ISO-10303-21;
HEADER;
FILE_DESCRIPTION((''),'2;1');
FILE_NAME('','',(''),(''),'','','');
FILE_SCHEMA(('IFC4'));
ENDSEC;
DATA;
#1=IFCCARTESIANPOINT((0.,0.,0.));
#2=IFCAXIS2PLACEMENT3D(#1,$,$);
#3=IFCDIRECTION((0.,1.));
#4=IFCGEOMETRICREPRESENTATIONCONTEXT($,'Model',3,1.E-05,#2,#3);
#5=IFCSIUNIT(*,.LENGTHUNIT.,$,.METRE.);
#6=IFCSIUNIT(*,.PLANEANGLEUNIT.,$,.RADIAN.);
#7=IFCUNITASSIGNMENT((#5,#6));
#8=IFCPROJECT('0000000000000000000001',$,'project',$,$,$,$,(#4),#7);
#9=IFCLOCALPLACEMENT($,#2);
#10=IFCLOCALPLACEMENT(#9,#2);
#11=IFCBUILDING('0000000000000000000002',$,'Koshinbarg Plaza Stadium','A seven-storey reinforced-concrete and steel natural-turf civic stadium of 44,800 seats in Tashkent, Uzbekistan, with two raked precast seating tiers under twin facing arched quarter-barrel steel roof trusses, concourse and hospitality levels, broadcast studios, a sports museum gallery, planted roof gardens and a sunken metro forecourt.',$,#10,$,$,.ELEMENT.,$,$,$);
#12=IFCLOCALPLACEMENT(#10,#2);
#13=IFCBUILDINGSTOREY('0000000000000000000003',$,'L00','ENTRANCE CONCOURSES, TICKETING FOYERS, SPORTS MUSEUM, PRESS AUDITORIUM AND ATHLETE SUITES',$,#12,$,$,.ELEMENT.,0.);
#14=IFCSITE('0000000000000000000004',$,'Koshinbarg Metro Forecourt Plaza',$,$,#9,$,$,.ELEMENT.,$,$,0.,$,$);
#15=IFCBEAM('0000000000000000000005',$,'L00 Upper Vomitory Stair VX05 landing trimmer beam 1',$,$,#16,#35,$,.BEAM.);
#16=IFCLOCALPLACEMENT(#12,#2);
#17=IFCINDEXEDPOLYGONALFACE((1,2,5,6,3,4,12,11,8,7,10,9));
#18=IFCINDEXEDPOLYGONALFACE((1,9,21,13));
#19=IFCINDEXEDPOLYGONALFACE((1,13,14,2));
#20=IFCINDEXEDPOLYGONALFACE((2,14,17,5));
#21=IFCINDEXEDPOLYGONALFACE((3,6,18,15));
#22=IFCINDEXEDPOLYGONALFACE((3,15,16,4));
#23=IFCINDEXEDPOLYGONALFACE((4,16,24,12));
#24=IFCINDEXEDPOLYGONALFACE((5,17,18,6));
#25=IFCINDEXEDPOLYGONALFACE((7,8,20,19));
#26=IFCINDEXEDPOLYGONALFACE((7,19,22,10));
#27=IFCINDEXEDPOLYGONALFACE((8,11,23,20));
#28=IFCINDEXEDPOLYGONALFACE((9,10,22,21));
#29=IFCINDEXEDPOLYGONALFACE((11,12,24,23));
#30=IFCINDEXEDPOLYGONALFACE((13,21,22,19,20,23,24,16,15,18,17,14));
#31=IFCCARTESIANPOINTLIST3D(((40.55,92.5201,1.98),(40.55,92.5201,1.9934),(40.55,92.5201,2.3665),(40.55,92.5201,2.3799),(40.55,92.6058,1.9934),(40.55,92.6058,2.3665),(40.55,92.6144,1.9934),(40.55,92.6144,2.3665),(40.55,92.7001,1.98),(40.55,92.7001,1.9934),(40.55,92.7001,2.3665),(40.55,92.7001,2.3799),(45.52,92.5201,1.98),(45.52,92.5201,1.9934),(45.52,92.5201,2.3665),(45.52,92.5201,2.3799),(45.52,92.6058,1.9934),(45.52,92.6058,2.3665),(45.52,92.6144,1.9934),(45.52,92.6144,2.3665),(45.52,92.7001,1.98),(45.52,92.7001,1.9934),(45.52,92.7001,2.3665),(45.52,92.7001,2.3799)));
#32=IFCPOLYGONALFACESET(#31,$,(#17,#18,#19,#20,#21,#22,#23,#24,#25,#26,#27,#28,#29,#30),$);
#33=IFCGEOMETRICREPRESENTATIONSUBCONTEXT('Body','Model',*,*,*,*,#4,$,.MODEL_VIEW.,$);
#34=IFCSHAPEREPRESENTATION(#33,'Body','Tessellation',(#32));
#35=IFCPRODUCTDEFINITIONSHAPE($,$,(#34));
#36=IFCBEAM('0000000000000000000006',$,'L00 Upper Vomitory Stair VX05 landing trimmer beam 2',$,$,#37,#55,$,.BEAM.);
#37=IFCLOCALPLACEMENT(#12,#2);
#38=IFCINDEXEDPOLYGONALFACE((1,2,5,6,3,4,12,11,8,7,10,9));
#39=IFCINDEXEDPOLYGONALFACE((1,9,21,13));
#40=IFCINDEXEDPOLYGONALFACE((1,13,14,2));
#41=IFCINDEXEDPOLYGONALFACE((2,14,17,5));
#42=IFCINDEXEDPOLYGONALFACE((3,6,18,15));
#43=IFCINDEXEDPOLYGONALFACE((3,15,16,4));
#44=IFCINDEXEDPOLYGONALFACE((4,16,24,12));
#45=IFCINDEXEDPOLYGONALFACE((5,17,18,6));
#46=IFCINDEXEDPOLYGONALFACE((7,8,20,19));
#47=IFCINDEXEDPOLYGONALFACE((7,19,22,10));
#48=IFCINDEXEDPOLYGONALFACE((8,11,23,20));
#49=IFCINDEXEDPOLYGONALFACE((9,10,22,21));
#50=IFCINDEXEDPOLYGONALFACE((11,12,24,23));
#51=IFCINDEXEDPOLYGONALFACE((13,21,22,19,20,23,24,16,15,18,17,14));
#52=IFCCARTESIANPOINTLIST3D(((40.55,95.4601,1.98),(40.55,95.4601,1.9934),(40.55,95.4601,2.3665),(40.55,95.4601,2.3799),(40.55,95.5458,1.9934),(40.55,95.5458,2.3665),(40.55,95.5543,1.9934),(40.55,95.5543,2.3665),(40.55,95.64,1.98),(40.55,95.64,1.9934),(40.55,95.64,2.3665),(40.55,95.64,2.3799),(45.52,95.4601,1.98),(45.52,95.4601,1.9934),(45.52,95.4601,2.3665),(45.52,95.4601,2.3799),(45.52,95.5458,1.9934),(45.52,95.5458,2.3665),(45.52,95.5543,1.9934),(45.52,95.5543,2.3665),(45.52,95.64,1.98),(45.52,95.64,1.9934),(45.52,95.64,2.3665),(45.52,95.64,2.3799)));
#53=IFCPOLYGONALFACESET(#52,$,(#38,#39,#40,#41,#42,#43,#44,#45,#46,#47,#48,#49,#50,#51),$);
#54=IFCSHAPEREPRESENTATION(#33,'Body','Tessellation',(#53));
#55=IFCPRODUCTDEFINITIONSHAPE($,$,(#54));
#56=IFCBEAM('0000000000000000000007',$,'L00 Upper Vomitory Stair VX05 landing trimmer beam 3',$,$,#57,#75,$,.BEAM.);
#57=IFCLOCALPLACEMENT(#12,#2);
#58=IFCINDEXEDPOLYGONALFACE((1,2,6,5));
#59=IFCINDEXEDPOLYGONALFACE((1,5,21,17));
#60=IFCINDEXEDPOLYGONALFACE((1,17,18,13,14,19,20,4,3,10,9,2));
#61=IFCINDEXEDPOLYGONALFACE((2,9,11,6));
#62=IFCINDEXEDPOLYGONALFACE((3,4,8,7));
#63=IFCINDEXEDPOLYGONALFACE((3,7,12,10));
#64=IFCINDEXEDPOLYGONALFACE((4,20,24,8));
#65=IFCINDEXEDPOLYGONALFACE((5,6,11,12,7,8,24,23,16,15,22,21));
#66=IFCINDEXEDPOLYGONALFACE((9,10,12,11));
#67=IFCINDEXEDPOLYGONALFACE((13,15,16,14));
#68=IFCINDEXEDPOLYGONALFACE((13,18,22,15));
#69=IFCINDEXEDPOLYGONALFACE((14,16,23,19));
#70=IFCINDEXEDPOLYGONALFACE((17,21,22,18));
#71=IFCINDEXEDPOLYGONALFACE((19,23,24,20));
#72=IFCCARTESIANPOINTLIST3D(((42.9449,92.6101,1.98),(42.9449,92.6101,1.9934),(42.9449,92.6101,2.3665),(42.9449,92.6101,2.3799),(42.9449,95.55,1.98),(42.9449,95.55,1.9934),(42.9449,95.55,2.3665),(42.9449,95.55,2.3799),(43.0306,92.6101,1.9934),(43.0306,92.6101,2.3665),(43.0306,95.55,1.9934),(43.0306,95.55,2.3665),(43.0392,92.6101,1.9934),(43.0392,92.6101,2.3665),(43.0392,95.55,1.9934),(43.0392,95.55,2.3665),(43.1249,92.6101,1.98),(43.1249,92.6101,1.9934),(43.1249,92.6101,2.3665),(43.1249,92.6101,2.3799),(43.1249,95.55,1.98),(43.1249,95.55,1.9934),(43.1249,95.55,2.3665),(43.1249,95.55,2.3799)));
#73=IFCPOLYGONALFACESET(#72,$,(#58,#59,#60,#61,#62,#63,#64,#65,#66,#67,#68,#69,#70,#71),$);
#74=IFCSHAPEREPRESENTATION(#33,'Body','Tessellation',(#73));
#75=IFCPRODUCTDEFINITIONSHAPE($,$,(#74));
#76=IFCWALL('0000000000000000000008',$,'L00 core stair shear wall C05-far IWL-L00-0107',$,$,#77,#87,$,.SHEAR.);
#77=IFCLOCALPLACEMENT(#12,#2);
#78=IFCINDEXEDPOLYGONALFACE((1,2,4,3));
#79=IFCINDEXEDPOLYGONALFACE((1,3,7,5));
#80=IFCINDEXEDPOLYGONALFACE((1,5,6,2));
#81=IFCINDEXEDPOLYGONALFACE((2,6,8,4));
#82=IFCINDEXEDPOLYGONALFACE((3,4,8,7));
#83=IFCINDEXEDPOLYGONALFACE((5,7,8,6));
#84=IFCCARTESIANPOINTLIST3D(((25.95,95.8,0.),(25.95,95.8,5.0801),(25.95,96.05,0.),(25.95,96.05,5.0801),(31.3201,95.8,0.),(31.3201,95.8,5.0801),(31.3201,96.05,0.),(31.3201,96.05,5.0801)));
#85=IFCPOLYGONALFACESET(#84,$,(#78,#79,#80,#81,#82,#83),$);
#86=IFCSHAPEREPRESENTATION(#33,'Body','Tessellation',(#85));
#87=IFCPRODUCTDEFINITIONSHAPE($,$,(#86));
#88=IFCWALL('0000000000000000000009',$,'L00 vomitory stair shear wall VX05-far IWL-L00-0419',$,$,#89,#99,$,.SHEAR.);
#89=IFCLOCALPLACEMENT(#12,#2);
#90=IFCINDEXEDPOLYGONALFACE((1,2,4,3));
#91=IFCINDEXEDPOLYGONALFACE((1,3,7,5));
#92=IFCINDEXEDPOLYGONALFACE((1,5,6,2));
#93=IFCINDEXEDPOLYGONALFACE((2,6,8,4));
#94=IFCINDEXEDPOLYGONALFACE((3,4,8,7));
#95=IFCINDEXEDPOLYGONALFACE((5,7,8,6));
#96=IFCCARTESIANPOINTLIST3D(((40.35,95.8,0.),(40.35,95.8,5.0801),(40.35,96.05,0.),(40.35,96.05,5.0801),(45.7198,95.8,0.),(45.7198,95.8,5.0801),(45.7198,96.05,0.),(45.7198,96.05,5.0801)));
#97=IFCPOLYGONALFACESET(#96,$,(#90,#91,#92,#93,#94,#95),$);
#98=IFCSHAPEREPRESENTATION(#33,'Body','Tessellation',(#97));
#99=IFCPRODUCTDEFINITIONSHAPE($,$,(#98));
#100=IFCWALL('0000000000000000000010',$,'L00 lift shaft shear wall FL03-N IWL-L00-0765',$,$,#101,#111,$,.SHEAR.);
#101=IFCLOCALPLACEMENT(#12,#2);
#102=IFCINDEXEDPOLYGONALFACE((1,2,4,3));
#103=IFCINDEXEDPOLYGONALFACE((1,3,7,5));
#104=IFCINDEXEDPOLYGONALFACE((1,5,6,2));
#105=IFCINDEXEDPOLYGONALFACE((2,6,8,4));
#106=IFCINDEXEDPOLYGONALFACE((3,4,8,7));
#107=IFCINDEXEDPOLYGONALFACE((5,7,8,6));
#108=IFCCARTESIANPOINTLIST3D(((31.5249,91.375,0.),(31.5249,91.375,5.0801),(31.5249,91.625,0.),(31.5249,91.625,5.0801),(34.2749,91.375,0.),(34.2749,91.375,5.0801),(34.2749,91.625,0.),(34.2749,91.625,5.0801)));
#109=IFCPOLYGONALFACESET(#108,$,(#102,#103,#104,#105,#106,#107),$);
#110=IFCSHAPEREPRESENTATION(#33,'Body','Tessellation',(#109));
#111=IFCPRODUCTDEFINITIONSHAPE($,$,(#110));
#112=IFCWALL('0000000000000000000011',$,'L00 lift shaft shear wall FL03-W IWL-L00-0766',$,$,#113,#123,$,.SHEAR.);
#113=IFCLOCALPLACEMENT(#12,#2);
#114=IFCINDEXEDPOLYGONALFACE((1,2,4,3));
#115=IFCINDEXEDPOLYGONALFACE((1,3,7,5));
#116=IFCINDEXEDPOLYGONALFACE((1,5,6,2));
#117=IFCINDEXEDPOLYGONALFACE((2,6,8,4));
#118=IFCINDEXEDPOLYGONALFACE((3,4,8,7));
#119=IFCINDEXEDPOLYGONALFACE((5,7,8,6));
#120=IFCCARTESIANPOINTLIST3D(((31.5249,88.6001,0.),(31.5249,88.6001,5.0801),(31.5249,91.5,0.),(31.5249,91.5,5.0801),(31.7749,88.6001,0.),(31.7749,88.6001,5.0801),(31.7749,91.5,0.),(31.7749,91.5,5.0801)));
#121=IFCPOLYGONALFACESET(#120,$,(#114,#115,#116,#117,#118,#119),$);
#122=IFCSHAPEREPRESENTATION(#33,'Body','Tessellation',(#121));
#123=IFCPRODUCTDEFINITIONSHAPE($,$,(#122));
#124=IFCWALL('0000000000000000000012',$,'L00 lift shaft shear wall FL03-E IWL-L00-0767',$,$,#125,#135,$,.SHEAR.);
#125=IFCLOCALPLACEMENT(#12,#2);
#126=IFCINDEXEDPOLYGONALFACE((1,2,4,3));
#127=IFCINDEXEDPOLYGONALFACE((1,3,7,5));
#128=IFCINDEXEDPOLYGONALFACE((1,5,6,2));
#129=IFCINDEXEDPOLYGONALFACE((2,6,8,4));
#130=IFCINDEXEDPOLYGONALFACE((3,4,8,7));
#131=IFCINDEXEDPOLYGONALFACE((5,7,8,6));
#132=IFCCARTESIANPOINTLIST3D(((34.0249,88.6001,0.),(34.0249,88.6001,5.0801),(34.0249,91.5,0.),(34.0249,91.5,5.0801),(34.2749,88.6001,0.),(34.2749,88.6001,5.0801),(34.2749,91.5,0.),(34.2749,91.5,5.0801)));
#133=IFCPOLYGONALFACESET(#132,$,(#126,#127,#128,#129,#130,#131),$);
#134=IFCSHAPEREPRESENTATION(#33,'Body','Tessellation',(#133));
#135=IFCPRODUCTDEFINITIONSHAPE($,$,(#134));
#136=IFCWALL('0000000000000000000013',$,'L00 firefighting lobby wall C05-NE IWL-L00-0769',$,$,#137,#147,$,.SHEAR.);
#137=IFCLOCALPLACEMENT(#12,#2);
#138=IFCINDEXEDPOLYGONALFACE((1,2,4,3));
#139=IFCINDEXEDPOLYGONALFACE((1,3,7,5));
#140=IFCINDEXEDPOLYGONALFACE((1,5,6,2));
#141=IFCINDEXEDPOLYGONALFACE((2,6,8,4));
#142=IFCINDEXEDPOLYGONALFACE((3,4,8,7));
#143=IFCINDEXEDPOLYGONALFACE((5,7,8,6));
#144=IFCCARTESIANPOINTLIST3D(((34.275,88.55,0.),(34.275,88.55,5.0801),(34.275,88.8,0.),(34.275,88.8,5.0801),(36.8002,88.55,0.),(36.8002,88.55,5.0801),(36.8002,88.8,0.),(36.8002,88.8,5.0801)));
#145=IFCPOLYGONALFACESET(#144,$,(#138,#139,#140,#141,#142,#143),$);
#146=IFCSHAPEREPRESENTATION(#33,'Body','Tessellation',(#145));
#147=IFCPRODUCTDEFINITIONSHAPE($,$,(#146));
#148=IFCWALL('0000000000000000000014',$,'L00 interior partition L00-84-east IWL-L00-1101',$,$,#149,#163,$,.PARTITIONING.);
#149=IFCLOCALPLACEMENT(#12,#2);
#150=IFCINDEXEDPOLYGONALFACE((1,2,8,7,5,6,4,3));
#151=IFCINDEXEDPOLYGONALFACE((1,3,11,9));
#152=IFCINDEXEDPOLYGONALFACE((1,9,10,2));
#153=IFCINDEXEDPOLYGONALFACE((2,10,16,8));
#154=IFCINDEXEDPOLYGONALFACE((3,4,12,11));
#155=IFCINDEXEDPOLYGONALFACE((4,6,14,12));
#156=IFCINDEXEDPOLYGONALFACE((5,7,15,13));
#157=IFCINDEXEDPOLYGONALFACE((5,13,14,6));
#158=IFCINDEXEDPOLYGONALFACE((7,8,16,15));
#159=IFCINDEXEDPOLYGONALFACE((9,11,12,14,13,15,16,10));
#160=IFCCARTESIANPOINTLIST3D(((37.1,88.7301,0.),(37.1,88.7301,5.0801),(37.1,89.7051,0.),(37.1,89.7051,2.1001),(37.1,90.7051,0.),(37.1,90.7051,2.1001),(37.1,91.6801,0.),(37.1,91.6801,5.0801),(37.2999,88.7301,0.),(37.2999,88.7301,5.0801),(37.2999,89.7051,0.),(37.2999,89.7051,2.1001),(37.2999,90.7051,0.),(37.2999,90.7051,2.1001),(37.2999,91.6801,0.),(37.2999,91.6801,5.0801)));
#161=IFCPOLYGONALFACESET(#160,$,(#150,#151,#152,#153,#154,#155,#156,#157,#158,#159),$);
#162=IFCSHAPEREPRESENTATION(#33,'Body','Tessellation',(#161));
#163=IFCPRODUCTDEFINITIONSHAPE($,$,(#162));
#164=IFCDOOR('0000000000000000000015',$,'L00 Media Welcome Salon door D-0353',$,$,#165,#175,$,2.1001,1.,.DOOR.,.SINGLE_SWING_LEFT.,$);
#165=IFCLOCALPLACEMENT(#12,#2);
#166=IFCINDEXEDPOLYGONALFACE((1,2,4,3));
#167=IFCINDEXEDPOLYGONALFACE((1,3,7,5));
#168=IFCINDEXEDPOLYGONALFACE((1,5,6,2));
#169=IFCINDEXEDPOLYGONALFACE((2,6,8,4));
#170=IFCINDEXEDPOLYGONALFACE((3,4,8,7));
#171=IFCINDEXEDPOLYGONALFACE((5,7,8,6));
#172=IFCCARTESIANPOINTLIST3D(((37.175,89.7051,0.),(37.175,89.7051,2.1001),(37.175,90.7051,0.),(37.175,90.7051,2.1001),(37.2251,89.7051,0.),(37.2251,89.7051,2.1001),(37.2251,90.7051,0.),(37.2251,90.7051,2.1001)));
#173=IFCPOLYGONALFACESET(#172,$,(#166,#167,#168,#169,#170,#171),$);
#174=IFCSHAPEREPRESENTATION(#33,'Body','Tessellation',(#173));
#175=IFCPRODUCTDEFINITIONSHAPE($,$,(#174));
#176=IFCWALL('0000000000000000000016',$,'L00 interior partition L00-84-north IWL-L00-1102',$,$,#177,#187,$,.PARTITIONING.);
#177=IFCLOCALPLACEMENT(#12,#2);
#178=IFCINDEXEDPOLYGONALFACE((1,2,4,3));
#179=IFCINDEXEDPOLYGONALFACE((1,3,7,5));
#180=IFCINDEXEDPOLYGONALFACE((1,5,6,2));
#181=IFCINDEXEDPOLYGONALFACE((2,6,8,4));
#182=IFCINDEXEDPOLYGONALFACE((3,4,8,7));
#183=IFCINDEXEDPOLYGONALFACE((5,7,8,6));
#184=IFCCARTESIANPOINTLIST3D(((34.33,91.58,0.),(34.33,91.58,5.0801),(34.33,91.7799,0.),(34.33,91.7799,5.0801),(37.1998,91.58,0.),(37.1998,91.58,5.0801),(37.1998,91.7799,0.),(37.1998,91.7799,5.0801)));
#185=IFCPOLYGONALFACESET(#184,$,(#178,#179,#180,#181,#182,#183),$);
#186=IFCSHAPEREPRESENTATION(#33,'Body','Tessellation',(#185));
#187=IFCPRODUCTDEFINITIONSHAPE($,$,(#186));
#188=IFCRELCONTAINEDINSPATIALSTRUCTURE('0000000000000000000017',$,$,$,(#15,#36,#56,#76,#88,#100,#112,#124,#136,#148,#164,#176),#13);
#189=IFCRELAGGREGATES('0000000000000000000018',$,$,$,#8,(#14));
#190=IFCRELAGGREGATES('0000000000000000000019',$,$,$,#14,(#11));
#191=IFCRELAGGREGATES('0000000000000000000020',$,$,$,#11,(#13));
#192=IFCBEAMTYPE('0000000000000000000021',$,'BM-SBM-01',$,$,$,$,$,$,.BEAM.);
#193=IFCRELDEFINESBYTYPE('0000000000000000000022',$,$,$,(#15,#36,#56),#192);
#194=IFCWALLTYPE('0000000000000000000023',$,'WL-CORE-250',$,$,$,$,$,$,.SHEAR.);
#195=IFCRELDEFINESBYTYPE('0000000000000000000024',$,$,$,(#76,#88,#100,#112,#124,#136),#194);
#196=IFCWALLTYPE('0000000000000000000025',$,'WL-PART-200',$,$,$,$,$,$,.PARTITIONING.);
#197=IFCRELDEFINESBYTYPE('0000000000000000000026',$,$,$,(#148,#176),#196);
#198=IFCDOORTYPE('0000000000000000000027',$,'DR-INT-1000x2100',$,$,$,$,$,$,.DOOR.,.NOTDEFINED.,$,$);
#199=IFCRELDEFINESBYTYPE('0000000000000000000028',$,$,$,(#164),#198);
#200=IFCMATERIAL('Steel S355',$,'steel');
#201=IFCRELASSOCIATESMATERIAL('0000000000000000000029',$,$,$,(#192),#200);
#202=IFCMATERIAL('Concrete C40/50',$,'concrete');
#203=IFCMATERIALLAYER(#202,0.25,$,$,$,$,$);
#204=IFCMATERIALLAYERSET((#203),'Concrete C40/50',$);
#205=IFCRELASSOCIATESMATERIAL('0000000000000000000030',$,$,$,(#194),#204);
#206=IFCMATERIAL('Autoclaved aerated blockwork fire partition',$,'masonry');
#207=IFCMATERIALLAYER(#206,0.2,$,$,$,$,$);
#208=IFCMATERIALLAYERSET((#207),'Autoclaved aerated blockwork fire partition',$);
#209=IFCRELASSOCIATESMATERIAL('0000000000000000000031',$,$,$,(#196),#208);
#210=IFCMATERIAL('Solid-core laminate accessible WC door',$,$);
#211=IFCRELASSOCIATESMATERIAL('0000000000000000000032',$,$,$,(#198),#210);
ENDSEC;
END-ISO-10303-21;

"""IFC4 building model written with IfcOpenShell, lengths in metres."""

from ifc_helpers import new_model, si_unit, direction, frame, frame_2d, origin, origin_2d, place, context, subcontext, project, spatial, rectangle, i_section, extrude, material, layer, layer_set, material_profile, profile_set, type_object, element, fill, save


model = new_model("IFC4")

# Units and contexts
model_context = context("Model", 3, precision=1e-05, world=origin(), true_north=direction((0.0, 1.0)))
body_context = subcontext(model_context, "Body", "Model", "MODEL_VIEW")
ifc_project = project(units=[si_unit("LENGTHUNIT", "METRE"), si_unit("PLANEANGLEUNIT", "RADIAN")], contexts=[model_context])

# Site, building, storey
site_placement = place(None, origin())
site = spatial("IfcSite", under=ifc_project, at=site_placement, Name="Koshinbarg Metro Forecourt Plaza", CompositionType="ELEMENT", RefElevation=0.0)
building_placement = place(site_placement, origin())
building = spatial("IfcBuilding", under=site, at=building_placement, Name="Koshinbarg Plaza Stadium", Description="A seven-storey reinforced-concrete and steel natural-turf civic stadium of 44,800 seats in Tashkent, Uzbekistan, with two raked precast seating tiers under twin facing arched quarter-barrel steel roof trusses, concourse and hospitality levels, broadcast studios, a sports museum gallery, planted roof gardens and a sunken metro forecourt.", CompositionType="ELEMENT")
storey_placement = place(building_placement, origin())
storey = spatial("IfcBuildingStorey", under=building, at=storey_placement, Name="L00", Description="ENTRANCE CONCOURSES, TICKETING FOYERS, SPORTS MUSEUM, PRESS AUDITORIUM AND ATHLETE SUITES", CompositionType="ELEMENT", Elevation=0.0)

# Beams
ifc_material_1 = material(Name="Steel S355", Category="steel")
ifc_material_profile = material_profile(ifc_material_1, i_section(OverallWidth=0.1799, OverallDepth=0.3999, WebThickness=0.0085, FlangeThickness=0.0134, at=origin_2d()), Name="IPE 400")
ifc_profile_set = profile_set([ifc_material_profile], Name="Steel S355")
beam_type = type_object("IfcBeamType", Name="BM-SBM-01", PredefinedType="BEAM", material=ifc_profile_set)
for number, where, z_axis, x_axis, name in (
    (1, (40.55, 92.6101, 2.1799), (1.0, 0.0, 0.0), (0.0, 1.0, 0.0), "L00 Upper Vomitory Stair VX05 landing trimmer beam 1"),
    (2, (40.55, 95.55, 2.1799), (1.0, 0.0, 0.0), (0.0, 1.0, 0.0), "L00 Upper Vomitory Stair VX05 landing trimmer beam 2"),
):
    element("IfcBeam", number, at=place(storey_placement, frame(where, z_axis=z_axis, x_axis=x_axis)), inside=storey, type_object=beam_type, Name=name, PredefinedType="BEAM", context=body_context, shape_type="SweptSolid", body=[
        extrude(i_section(OverallWidth=0.1799, OverallDepth=0.3999, WebThickness=0.0085, FlangeThickness=0.0134, at=origin_2d()), origin(), (0.0, 0.0, 1.0), 4.97),
    ])
beam_placement = place(storey_placement, frame((43.0349, 92.6101, 2.1799), z_axis=(0.0, 1.0, 0.0), x_axis=(-1.0, 0.0, 0.0)))
element("IfcBeam", 3, at=beam_placement, inside=storey, type_object=beam_type, Name="L00 Upper Vomitory Stair VX05 landing trimmer beam 3", PredefinedType="BEAM", context=body_context, shape_type="SweptSolid", body=[
    extrude(i_section(OverallWidth=0.1799, OverallDepth=0.3999, WebThickness=0.0085, FlangeThickness=0.0134, at=origin_2d()), origin(), (0.0, 0.0, 1.0), 2.9399),
])

# Walls
ifc_material_2 = material(Name="Concrete C40/50", Category="concrete")
ifc_layer_1 = layer(ifc_material_2, 0.25)
ifc_layer_set_1 = layer_set([ifc_layer_1], Name="Concrete C40/50")
wall_type_1 = type_object("IfcWallType", Name="WL-CORE-250", PredefinedType="SHEAR", material=ifc_layer_set_1)
wall_1_placement = place(storey_placement, frame((31.3201, 95.925, 0.0), z_axis=(0.0, 0.0, 1.0), x_axis=(-1.0, 0.0, 0.0)))
element("IfcWall", 4, at=wall_1_placement, inside=storey, type_object=wall_type_1, Name="L00 core stair shear wall C05-far IWL-L00-0107", PredefinedType="SHEAR", context=body_context, shape_type="SweptSolid", body=[
    extrude(rectangle(XDim=5.3701, YDim=0.25, at=frame_2d((2.6851, 0.0))), origin(), (0.0, 0.0, 1.0), 5.0801),
])
wall_2_placement = place(storey_placement, frame((45.72, 95.925, 0.0), z_axis=(0.0, 0.0, 1.0), x_axis=(-1.0, 0.0, 0.0)))
element("IfcWall", 5, at=wall_2_placement, inside=storey, type_object=wall_type_1, Name="L00 vomitory stair shear wall VX05-far IWL-L00-0419", PredefinedType="SHEAR", context=body_context, shape_type="SweptSolid", body=[
    extrude(rectangle(XDim=5.3699, YDim=0.25, at=frame_2d((2.6851, 0.0))), origin(), (0.0, 0.0, 1.0), 5.0801),
])

# Walls
wall_3_placement = place(storey_placement, frame((34.2749, 91.5, 0.0), z_axis=(0.0, 0.0, 1.0), x_axis=(-1.0, 0.0, 0.0)))
element("IfcWall", 6, at=wall_3_placement, inside=storey, type_object=wall_type_1, Name="L00 lift shaft shear wall FL03-N IWL-L00-0765", PredefinedType="SHEAR", context=body_context, shape_type="SweptSolid", body=[
    extrude(rectangle(XDim=2.75, YDim=0.25, at=frame_2d((1.375, 0.0))), origin(), (0.0, 0.0, 1.0), 5.0801),
])
for number, where, z_axis, x_axis, name in (
    (7, (31.6499, 91.5, 0.0), (0.0, 0.0, 1.0), (0.0, -1.0, 0.0), "L00 lift shaft shear wall FL03-W IWL-L00-0766"),
    (8, (34.1499, 88.6001, 0.0), (0.0, 0.0, 1.0), (0.0, 1.0, 0.0), "L00 lift shaft shear wall FL03-E IWL-L00-0767"),
):
    element("IfcWall", number, at=place(storey_placement, frame(where, z_axis=z_axis, x_axis=x_axis)), inside=storey, type_object=wall_type_1, Name=name, PredefinedType="SHEAR", context=body_context, shape_type="SweptSolid", body=[
        extrude(rectangle(XDim=2.8999, YDim=0.25, at=frame_2d((1.45, 0.0))), origin(), (0.0, 0.0, 1.0), 5.0801),
    ])

# Wall
wall_4_placement = place(storey_placement, frame((34.2749, 88.675, 0.0), z_axis=(0.0, 0.0, 1.0), x_axis=(1.0, 0.0, 0.0)))
element("IfcWall", 9, at=wall_4_placement, inside=storey, type_object=wall_type_1, Name="L00 firefighting lobby wall C05-NE IWL-L00-0769", PredefinedType="SHEAR", context=body_context, shape_type="SweptSolid", body=[
    extrude(rectangle(XDim=2.5251, YDim=0.25, at=frame_2d((1.2627, 0.0))), origin(), (0.0, 0.0, 1.0), 5.0801),
])

# Wall, opening, door
ifc_material_3 = material(Name="Autoclaved aerated blockwork fire partition", Category="masonry")
ifc_layer_2 = layer(ifc_material_3, 0.2)
ifc_layer_set_2 = layer_set([ifc_layer_2], Name="Autoclaved aerated blockwork fire partition")
wall_type_2 = type_object("IfcWallType", Name="WL-PART-200", PredefinedType="PARTITIONING", material=ifc_layer_set_2)
wall_5_placement = place(storey_placement, frame((37.2, 88.73, 0.0), z_axis=(0.0, 0.0, 1.0), x_axis=(0.0, 1.0, 0.0)))
wall_5 = element("IfcWall", 10, at=wall_5_placement, inside=storey, type_object=wall_type_2, Name="L00 interior partition L00-84-east IWL-L00-1101", PredefinedType="PARTITIONING", context=body_context, shape_type="SweptSolid", body=[
    extrude(rectangle(XDim=2.95, YDim=0.2, at=frame_2d((1.4751, 0.0))), origin(), (0.0, 0.0, 1.0), 5.0801),
])
opening_1_placement = place(wall_5_placement, frame((0.9751, 0.0, 0.0)))
opening_1 = element("IfcOpeningElement", 11, at=opening_1_placement, cuts=wall_5, PredefinedType="OPENING", context=body_context, shape_type="SweptSolid", body=[
    extrude(rectangle(XDim=1.0, YDim=2.1001, at=frame_2d((0.5, 1.05))), frame((0.0, 0.1099, 0.0), z_axis=(0.0, -1.0, 0.0), x_axis=(1.0, 0.0, 0.0)), (0.0, 0.0, 1.0), 0.22),
])
ifc_material_4 = material(Name="Solid-core laminate accessible WC door")
door_type_1 = type_object("IfcDoorType", Name="DR-INT-1000x2100", OperationType="NOTDEFINED", PredefinedType="DOOR", material=ifc_material_4)
door_1_placement = place(opening_1_placement, origin())
door_1 = element("IfcDoor", 12, at=door_1_placement, inside=storey, type_object=door_type_1, Name="L00 Media Welcome Salon door D-0353", OperationType="SINGLE_SWING_LEFT", OverallHeight=2.1001, OverallWidth=1.0, PredefinedType="DOOR", context=body_context, shape_type="SweptSolid", body=[
    extrude(rectangle(XDim=1.0, YDim=2.1001, at=frame_2d((0.5, 1.05))), frame((0.0, 0.0249, 0.0), z_axis=(0.0, -1.0, 0.0), x_axis=(1.0, 0.0, 0.0)), (0.0, 0.0, 1.0), 0.05),
])
fill(opening_1, door_1)

# Wall
wall_6_placement = place(storey_placement, frame((37.2, 91.6799, 0.0), z_axis=(0.0, 0.0, 1.0), x_axis=(-1.0, 0.0, 0.0)))
element("IfcWall", 13, at=wall_6_placement, inside=storey, type_object=wall_type_2, Name="L00 interior partition L00-84-north IWL-L00-1102", PredefinedType="PARTITIONING", context=body_context, shape_type="SweptSolid", body=[
    extrude(rectangle(XDim=2.8699, YDim=0.2, at=frame_2d((1.4351, 0.0))), origin(), (0.0, 0.0, 1.0), 5.0801),
])

save(model, "model.ifc")
